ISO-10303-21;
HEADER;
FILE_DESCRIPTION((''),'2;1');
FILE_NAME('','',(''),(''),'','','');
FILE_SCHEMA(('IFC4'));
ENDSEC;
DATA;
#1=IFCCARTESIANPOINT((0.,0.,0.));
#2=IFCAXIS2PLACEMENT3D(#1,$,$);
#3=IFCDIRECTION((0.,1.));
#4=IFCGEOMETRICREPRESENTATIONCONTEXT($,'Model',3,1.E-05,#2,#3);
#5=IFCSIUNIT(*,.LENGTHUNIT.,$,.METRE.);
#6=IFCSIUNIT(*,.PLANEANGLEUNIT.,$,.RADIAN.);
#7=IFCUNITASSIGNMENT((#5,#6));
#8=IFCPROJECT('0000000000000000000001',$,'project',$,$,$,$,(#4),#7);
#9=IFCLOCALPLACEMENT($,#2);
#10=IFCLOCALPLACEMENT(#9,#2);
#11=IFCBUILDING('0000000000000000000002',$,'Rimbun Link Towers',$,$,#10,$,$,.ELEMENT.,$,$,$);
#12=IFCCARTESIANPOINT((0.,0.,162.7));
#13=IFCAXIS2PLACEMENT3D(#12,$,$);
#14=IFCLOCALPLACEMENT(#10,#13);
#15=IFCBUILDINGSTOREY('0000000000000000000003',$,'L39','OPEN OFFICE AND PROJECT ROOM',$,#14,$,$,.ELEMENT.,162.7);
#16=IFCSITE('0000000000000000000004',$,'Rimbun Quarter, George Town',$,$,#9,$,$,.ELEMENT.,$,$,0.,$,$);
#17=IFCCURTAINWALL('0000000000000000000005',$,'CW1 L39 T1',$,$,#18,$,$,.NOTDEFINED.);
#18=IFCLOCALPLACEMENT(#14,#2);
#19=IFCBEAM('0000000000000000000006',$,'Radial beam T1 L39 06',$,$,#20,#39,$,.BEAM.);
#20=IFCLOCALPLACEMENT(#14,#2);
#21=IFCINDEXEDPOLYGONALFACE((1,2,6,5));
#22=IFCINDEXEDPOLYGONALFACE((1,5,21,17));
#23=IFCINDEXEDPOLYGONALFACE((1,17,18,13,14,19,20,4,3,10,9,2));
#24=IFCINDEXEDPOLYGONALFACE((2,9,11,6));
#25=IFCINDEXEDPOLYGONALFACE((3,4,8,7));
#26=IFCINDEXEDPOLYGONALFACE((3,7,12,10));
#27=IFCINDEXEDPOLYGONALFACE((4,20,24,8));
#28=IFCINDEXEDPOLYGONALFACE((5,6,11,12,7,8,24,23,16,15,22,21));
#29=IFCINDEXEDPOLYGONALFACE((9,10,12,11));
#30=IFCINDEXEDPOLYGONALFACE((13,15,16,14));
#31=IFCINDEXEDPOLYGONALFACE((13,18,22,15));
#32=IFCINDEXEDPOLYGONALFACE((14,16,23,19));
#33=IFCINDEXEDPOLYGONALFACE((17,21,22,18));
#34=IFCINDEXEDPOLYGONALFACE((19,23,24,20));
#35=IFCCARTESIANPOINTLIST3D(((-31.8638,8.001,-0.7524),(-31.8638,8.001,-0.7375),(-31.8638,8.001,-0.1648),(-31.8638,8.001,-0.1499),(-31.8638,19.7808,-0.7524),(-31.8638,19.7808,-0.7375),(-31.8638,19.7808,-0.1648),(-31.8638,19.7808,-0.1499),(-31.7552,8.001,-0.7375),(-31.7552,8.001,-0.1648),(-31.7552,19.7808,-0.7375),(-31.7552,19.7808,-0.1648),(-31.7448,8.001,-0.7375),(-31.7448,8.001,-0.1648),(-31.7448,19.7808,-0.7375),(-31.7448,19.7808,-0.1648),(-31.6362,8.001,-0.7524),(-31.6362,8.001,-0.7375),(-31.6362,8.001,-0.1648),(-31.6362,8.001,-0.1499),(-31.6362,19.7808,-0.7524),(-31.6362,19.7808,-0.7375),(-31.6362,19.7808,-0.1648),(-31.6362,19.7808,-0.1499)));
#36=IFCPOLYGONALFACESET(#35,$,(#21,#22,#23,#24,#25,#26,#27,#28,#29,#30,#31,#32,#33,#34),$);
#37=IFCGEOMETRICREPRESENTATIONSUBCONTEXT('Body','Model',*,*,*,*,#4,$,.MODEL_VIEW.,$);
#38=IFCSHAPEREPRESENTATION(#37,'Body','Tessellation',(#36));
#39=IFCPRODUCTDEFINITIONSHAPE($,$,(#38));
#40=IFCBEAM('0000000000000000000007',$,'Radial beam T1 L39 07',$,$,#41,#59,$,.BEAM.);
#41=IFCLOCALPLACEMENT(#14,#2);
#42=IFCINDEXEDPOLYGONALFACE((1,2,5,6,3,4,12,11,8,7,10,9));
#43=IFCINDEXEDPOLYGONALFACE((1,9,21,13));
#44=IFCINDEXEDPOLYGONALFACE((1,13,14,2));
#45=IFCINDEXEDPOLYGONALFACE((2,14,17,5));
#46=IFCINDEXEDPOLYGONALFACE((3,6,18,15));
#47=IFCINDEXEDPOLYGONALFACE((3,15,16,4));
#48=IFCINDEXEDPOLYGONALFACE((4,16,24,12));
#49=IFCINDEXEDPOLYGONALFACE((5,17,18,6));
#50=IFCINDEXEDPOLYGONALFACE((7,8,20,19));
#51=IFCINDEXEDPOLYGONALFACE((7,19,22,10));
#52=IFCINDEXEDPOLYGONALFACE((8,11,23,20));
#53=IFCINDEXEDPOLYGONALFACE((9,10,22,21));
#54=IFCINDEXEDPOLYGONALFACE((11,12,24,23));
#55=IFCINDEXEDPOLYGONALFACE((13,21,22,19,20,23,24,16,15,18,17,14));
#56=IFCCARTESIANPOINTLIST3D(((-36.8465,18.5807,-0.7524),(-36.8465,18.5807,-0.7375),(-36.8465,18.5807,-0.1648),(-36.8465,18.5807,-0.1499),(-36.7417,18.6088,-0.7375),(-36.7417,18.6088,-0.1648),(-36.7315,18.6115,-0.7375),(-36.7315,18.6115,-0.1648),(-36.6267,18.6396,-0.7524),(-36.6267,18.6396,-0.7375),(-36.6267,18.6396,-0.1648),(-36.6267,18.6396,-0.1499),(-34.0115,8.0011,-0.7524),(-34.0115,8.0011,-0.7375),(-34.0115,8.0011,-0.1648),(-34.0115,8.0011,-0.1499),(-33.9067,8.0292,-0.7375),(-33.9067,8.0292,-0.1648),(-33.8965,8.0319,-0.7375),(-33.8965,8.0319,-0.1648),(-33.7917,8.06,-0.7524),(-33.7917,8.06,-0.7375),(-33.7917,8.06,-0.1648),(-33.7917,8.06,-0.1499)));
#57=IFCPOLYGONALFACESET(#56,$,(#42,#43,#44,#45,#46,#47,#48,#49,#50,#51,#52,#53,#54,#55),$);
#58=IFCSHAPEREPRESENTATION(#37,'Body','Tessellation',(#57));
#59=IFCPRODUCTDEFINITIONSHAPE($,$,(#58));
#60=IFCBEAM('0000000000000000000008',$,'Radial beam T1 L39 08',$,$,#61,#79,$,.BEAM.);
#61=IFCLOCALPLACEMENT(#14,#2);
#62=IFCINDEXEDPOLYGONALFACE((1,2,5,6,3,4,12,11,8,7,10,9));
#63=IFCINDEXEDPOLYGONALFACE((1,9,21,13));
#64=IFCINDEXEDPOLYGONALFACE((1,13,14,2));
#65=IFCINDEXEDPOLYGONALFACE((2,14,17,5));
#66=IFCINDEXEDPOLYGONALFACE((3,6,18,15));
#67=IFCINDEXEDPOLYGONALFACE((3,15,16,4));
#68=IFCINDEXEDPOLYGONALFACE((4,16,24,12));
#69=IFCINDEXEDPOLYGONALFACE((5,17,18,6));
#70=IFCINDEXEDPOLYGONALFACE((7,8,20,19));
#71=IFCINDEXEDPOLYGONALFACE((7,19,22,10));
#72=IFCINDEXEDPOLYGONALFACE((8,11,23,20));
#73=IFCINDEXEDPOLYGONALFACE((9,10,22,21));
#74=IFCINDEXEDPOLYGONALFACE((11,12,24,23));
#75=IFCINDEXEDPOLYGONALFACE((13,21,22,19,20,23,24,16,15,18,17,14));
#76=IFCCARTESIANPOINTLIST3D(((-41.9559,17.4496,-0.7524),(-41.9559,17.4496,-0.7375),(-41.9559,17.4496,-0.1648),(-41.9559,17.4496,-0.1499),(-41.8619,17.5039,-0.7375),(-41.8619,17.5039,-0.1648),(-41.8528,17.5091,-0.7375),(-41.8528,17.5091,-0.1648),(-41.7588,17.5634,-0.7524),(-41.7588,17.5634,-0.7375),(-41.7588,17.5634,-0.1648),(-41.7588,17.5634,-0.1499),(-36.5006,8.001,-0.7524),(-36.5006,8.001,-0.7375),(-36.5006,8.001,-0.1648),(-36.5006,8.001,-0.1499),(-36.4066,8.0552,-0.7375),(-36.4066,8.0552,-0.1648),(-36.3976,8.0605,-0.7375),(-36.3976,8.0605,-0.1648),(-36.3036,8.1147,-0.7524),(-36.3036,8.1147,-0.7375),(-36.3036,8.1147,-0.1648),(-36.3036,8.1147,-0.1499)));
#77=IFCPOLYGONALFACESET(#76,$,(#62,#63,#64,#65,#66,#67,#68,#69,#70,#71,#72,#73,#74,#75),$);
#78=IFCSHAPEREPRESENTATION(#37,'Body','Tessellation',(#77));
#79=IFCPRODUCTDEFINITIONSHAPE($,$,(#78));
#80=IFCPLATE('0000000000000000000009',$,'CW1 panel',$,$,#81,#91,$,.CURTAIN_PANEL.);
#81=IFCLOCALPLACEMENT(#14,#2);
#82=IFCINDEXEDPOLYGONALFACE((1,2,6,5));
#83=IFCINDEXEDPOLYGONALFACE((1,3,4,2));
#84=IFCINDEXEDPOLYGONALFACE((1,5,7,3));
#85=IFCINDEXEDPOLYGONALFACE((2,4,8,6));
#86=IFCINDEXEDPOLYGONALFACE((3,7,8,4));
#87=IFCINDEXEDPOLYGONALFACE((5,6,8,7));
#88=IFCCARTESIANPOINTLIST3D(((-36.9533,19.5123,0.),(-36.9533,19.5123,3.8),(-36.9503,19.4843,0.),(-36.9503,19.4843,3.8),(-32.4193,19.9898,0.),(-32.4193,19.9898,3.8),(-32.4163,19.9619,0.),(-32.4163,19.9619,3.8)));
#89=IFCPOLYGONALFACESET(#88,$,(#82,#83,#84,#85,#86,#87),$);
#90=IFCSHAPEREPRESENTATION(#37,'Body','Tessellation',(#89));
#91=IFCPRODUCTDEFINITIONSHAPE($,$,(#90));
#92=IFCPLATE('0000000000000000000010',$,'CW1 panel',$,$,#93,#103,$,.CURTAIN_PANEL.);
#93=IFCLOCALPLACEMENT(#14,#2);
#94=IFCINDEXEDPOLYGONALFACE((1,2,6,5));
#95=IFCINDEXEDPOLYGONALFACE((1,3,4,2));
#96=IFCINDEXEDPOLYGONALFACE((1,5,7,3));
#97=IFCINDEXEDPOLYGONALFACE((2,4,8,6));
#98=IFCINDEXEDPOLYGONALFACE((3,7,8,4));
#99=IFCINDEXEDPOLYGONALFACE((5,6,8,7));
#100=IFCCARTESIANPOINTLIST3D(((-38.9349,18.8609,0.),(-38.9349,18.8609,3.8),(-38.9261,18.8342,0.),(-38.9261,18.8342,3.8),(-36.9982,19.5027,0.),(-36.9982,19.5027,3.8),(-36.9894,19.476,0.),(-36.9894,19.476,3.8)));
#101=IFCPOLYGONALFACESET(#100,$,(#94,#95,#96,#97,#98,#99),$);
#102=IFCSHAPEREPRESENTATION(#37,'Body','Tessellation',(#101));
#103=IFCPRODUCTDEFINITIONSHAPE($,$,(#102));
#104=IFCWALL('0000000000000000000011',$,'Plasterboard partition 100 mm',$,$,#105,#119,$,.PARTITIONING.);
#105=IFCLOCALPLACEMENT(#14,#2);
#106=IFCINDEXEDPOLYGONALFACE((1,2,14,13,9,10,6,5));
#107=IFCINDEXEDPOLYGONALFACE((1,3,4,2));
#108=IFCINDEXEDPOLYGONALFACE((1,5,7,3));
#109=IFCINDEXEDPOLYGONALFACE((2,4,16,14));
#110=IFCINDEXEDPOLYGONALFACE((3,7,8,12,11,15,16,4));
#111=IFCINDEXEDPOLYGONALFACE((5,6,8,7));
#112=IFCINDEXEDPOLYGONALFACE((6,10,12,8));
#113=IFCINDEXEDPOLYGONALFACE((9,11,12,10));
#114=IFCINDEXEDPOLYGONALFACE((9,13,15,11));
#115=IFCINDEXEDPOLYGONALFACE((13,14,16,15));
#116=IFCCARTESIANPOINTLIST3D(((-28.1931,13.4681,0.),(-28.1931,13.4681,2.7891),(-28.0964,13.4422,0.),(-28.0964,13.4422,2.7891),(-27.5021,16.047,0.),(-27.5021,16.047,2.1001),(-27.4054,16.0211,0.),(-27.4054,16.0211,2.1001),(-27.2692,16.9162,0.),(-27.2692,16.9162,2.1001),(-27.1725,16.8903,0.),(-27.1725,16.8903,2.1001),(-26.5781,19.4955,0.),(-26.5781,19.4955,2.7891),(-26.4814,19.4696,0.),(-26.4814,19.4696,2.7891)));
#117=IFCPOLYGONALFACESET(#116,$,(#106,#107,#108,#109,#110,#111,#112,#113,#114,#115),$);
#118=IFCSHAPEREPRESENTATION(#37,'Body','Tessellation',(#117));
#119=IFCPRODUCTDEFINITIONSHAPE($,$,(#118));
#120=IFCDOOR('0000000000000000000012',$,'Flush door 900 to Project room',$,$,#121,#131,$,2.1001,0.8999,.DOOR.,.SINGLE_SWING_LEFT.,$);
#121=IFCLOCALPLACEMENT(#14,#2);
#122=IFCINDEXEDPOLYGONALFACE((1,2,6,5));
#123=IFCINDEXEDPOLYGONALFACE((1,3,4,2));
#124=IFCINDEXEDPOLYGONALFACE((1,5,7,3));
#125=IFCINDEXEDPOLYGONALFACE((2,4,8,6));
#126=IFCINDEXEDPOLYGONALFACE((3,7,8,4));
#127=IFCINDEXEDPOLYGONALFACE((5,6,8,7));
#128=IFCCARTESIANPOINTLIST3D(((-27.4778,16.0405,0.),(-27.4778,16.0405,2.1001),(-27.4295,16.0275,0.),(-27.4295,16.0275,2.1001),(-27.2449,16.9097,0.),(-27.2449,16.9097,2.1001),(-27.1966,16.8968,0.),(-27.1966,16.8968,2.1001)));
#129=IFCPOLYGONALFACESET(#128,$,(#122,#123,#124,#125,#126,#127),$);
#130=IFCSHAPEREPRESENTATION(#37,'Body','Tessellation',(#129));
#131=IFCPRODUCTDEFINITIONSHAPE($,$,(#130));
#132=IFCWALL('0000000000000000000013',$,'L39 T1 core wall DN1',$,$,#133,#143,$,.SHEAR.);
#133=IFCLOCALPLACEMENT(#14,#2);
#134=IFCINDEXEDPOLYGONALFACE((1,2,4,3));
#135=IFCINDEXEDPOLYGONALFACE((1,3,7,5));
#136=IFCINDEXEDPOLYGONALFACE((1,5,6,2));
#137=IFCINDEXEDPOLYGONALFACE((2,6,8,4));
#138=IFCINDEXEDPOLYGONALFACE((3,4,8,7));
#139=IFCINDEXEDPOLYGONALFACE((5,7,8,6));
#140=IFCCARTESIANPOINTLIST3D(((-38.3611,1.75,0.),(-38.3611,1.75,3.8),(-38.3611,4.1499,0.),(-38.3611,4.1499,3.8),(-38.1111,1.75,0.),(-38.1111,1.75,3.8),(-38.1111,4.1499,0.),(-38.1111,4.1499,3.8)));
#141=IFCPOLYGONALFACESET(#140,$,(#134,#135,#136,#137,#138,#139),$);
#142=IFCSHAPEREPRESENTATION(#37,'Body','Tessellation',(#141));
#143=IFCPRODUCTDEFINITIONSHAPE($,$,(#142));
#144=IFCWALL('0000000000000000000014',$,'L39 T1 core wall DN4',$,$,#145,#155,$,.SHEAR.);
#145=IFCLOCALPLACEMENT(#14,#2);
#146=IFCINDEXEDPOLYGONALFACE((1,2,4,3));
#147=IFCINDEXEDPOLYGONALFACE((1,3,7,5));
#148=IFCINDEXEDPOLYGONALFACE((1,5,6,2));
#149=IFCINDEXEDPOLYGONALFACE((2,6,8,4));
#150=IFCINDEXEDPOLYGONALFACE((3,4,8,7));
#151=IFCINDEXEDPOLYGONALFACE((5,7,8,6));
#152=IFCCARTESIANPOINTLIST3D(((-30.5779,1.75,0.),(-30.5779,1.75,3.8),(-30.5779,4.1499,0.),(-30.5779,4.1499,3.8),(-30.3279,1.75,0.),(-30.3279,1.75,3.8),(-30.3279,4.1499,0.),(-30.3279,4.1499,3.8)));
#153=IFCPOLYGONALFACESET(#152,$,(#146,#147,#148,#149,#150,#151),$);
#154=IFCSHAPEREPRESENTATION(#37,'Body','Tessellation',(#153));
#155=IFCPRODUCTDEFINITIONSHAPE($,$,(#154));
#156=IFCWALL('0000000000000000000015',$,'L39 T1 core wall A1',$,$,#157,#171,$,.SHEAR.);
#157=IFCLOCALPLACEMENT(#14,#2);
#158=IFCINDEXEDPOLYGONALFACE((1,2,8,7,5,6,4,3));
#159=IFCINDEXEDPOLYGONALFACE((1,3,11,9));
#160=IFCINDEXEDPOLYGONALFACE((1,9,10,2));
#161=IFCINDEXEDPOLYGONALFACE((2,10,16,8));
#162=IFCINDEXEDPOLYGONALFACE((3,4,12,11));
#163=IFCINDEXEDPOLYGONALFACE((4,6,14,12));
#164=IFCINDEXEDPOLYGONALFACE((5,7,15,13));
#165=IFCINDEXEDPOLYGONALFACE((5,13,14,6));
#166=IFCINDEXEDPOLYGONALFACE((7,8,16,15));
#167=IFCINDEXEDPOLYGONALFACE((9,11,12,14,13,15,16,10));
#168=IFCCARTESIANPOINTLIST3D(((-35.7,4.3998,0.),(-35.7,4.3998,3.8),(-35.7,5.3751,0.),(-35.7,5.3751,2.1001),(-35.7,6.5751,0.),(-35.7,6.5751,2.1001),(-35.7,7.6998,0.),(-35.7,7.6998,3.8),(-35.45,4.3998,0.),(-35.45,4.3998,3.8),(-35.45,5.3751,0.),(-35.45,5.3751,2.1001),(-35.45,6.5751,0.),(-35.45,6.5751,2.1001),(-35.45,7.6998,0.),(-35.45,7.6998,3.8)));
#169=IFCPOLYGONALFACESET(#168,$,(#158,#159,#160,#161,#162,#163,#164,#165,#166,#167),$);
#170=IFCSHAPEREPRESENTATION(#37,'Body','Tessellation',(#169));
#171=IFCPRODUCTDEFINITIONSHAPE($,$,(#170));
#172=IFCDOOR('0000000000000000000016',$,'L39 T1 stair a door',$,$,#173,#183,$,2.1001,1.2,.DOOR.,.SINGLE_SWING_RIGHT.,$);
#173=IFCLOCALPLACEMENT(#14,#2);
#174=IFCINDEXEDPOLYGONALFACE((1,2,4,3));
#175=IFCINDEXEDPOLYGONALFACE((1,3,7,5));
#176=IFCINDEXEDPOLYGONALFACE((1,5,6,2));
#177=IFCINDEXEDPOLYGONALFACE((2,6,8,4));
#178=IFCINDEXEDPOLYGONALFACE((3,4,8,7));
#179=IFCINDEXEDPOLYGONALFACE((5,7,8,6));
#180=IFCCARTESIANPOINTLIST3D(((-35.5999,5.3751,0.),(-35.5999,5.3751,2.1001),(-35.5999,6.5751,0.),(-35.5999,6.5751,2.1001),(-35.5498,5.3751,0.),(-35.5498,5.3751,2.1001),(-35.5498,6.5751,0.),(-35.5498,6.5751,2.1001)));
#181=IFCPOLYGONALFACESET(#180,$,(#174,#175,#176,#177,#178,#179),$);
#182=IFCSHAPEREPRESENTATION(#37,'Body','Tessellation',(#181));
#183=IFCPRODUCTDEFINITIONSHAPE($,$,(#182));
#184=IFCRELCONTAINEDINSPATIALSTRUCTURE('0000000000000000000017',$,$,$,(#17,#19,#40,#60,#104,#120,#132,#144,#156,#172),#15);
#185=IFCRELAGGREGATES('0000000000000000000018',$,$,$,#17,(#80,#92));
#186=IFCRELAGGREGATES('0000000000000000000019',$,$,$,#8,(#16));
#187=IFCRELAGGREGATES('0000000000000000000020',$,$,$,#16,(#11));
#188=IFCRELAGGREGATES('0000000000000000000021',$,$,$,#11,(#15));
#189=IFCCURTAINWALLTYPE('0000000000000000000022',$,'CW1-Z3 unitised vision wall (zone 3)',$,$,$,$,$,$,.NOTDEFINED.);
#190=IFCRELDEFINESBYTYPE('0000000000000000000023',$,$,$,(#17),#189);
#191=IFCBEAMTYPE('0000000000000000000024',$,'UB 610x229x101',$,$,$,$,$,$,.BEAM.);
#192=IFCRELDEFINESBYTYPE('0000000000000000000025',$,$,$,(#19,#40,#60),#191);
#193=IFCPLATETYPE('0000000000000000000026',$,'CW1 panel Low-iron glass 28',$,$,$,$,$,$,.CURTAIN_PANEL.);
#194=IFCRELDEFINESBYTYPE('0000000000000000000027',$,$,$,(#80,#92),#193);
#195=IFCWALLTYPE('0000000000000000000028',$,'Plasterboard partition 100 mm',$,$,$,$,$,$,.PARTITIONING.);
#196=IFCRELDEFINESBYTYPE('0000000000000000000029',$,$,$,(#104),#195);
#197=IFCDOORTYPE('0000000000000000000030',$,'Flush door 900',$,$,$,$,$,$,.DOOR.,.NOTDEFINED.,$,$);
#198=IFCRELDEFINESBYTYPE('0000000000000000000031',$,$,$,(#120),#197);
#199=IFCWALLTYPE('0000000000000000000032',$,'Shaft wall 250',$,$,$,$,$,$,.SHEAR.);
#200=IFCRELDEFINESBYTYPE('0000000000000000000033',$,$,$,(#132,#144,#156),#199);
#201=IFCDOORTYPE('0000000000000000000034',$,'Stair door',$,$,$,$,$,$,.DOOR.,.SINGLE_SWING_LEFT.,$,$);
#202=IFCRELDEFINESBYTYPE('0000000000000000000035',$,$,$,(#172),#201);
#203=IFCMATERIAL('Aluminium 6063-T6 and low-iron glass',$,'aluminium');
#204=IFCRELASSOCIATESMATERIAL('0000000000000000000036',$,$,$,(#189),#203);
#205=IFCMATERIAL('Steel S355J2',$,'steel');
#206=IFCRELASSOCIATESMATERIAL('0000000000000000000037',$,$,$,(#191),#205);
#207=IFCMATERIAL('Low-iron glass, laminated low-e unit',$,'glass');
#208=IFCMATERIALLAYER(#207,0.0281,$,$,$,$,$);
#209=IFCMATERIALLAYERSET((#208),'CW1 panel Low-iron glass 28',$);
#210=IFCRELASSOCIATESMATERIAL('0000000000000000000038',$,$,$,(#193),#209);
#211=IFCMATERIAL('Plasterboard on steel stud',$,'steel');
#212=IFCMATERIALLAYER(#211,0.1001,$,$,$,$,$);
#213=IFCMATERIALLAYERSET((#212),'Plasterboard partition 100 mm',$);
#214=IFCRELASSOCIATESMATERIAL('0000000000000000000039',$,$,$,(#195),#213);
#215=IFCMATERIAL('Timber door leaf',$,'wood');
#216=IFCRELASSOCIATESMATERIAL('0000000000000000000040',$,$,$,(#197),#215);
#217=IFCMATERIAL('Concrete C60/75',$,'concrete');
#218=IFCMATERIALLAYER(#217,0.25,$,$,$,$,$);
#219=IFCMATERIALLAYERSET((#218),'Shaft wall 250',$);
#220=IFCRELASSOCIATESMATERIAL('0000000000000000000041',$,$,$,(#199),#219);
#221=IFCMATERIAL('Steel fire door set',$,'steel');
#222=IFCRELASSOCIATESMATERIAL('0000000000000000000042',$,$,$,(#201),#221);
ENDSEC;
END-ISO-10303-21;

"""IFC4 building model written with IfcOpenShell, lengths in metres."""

from ifc_helpers import new_model, si_unit, direction, frame, frame_2d, origin, origin_2d, place, context, subcontext, project, spatial, rectangle, i_section, extrude, material, layer, layer_set, material_profile, profile_set, type_object, element, fill, aggregate, save


model = new_model("IFC4")

# Units and contexts
model_context = context("Model", 3, precision=1e-05, world=origin(), true_north=direction((0.0, 1.0)))
body_context = subcontext(model_context, "Body", "Model", "MODEL_VIEW")
ifc_project = project(units=[si_unit("LENGTHUNIT", "METRE"), si_unit("PLANEANGLEUNIT", "RADIAN")], contexts=[model_context])

# Site, building, storey
site_placement = place(None, origin())
site = spatial("IfcSite", under=ifc_project, at=site_placement, Name="Rimbun Quarter, George Town", CompositionType="ELEMENT", RefElevation=0.0)
building_placement = place(site_placement, origin())
building = spatial("IfcBuilding", under=site, at=building_placement, Name="Rimbun Link Towers", CompositionType="ELEMENT")
storey_placement = place(building_placement, frame((0.0, 0.0, 162.7)))
storey = spatial("IfcBuildingStorey", under=building, at=storey_placement, Name="L39", Description="OPEN OFFICE AND PROJECT ROOM", CompositionType="ELEMENT", Elevation=162.7)

# Curtain wall
ifc_material_1 = material(Name="Aluminium 6063-T6 and low-iron glass", Category="aluminium")
curtain_wall_type = type_object("IfcCurtainWallType", Name="CW1-Z3 unitised vision wall (zone 3)", PredefinedType="NOTDEFINED", material=ifc_material_1)
curtain_wall_placement = place(storey_placement, origin())
curtain_wall = element("IfcCurtainWall", 1, at=curtain_wall_placement, inside=storey, type_object=curtain_wall_type, Name="CW1 L39 T1", PredefinedType="NOTDEFINED")

# Beams
ifc_material_2 = material(Name="Steel S355J2", Category="steel")
ifc_material_profile_1 = material_profile(ifc_material_2, i_section(OverallWidth=0.2275, OverallDepth=0.6025, WebThickness=0.0105, FlangeThickness=0.0149, at=origin_2d()), Name="UB 610x229x101")
ifc_profile_set_1 = profile_set([ifc_material_profile_1], Name="Steel S355J2")
beam_type_1 = type_object("IfcBeamType", Name="UB 610x229x101", PredefinedType="BEAM", material=ifc_profile_set_1)
beam_1_placement = place(storey_placement, frame((-31.75, 8.001, -0.4512), z_axis=(0.0, 1.0, 0.0), x_axis=(-1.0, 0.0, 0.0)))
element("IfcBeam", 2, at=beam_1_placement, inside=storey, type_object=beam_type_1, Name="Radial beam T1 L39 06", PredefinedType="BEAM", context=body_context, shape_type="SweptSolid", body=[
    extrude(i_section(OverallWidth=0.2275, OverallDepth=0.6025, WebThickness=0.0105, FlangeThickness=0.0149, at=origin_2d()), origin(), (0.0, 0.0, 1.0), 11.7798),
])
beam_2_placement = place(storey_placement, frame((-33.9016, 8.0305, -0.4512), z_axis=(-0.258833, 0.965922, 0.0), x_axis=(-0.965922, -0.258833, 0.0)))
element("IfcBeam", 3, at=beam_2_placement, inside=storey, type_object=beam_type_1, Name="Radial beam T1 L39 07", PredefinedType="BEAM", context=body_context, shape_type="SweptSolid", body=[
    extrude(i_section(OverallWidth=0.2275, OverallDepth=0.6025, WebThickness=0.0105, FlangeThickness=0.0149, at=origin_2d()), origin(), (0.0, 0.0, 1.0), 10.9529),
])
beam_3_placement = place(storey_placement, frame((-36.4021, 8.0579, -0.4512), z_axis=(-0.500007, 0.866022, 0.0), x_axis=(-0.866022, -0.500007, 0.0)))
element("IfcBeam", 4, at=beam_3_placement, inside=storey, type_object=beam_type_1, Name="Radial beam T1 L39 08", PredefinedType="BEAM", context=body_context, shape_type="SweptSolid", body=[
    extrude(i_section(OverallWidth=0.2275, OverallDepth=0.6025, WebThickness=0.0105, FlangeThickness=0.0149, at=origin_2d()), origin(), (0.0, 0.0, 1.0), 10.9104),
])

# Plates
ifc_material_3 = material(Name="Low-iron glass, laminated low-e unit", Category="glass")
ifc_layer_1 = layer(ifc_material_3, 0.0281)
ifc_layer_set_1 = layer_set([ifc_layer_1], Name="CW1 panel Low-iron glass 28")
plate_type = type_object("IfcPlateType", Name="CW1 panel Low-iron glass 28", PredefinedType="CURTAIN_PANEL", material=ifc_layer_set_1)
plate_1_placement = place(storey_placement, frame((-34.6848, 19.7371, 0.0), z_axis=(0.0, 0.0, 1.0), x_axis=(0.9945, 0.10474, 0.0)))
plate_1 = element("IfcPlate", 5, at=plate_1_placement, type_object=plate_type, Name="CW1 panel", PredefinedType="CURTAIN_PANEL", context=body_context, shape_type="SweptSolid", body=[
    extrude(rectangle(XDim=4.5591, YDim=0.0281, at=origin_2d()), origin(), (0.0, 0.0, 1.0), 3.8),
])
plate_2_placement = place(storey_placement, frame((-37.9622, 19.1685, 0.0), z_axis=(0.0, 0.0, 1.0), x_axis=(0.949239, 0.314556, 0.0)))
plate_2 = element("IfcPlate", 6, at=plate_2_placement, type_object=plate_type, Name="CW1 panel", PredefinedType="CURTAIN_PANEL", context=body_context, shape_type="SweptSolid", body=[
    extrude(rectangle(XDim=2.0403, YDim=0.0281, at=origin_2d()), origin(), (0.0, 0.0, 1.0), 3.8),
])
aggregate(curtain_wall, [plate_1, plate_2])

# Wall, opening, door
ifc_material_4 = material(Name="Plasterboard on steel stud", Category="steel")
ifc_layer_2 = layer(ifc_material_4, 0.1001)
ifc_layer_set_2 = layer_set([ifc_layer_2], Name="Plasterboard partition 100 mm")
wall_type_1 = type_object("IfcWallType", Name="Plasterboard partition 100 mm", PredefinedType="PARTITIONING", material=ifc_layer_set_2)
wall_1_placement = place(storey_placement, frame((-28.1448, 13.4551, 0.0), z_axis=(0.0, 0.0, 1.0), x_axis=(0.258814, 0.965927, 0.0)))
wall_1 = element("IfcWall", 7, at=wall_1_placement, inside=storey, type_object=wall_type_1, Name="Plasterboard partition 100 mm", PredefinedType="PARTITIONING", context=body_context, shape_type="SweptSolid", body=[
    extrude(rectangle(XDim=6.24, YDim=0.1001, at=frame_2d((3.1201, 0.0))), origin(), (0.0, 0.0, 1.0), 2.7891),
])
opening_1_placement = place(wall_1_placement, frame((2.6699, 0.0, 0.0)))
opening_1 = element("IfcOpeningElement", 8, at=opening_1_placement, cuts=wall_1, PredefinedType="OPENING", context=body_context, shape_type="SweptSolid", body=[
    extrude(rectangle(XDim=0.8999, YDim=2.1001, at=frame_2d((0.45, 1.05))), frame((0.0, 0.0601, 0.0), z_axis=(0.0, -1.0, 0.0), x_axis=(1.0, 0.0, 0.0)), (0.0, 0.0, 1.0), 0.1201),
])
ifc_material_5 = material(Name="Timber door leaf", Category="wood")
door_type_1 = type_object("IfcDoorType", Name="Flush door 900", OperationType="NOTDEFINED", PredefinedType="DOOR", material=ifc_material_5)
door_1_placement = place(opening_1_placement, origin())
door_1 = element("IfcDoor", 9, at=door_1_placement, inside=storey, type_object=door_type_1, Name="Flush door 900 to Project room", OperationType="SINGLE_SWING_LEFT", OverallHeight=2.1001, OverallWidth=0.8999, PredefinedType="DOOR", context=body_context, shape_type="SweptSolid", body=[
    extrude(rectangle(XDim=0.8999, YDim=2.1001, at=frame_2d((0.45, 1.05))), frame((0.0, 0.0249, 0.0), z_axis=(0.0, -1.0, 0.0), x_axis=(1.0, 0.0, 0.0)), (0.0, 0.0, 1.0), 0.05),
])
fill(opening_1, door_1)

# Walls
ifc_material_6 = material(Name="Concrete C60/75", Category="concrete")
ifc_layer_3 = layer(ifc_material_6, 0.25)
ifc_layer_set_3 = layer_set([ifc_layer_3], Name="Shaft wall 250")
wall_type_2 = type_object("IfcWallType", Name="Shaft wall 250", PredefinedType="SHEAR", material=ifc_layer_set_3)
for number, where, z_axis, x_axis, name in (
    (10, (-38.2361, 1.75, 0.0), (0.0, 0.0, 1.0), (0.0, 1.0, 0.0), "L39 T1 core wall DN1"),
    (11, (-30.4529, 1.75, 0.0), (0.0, 0.0, 1.0), (0.0, 1.0, 0.0), "L39 T1 core wall DN4"),
):
    element("IfcWall", number, at=place(storey_placement, frame(where, z_axis=z_axis, x_axis=x_axis)), inside=storey, type_object=wall_type_2, Name=name, PredefinedType="SHEAR", context=body_context, shape_type="SweptSolid", body=[
        extrude(rectangle(XDim=2.3999, YDim=0.25, at=frame_2d((1.2, 0.0))), origin(), (0.0, 0.0, 1.0), 3.8),
    ])

# Wall, opening, door
wall_2_placement = place(storey_placement, frame((-35.575, 4.3999, 0.0), z_axis=(0.0, 0.0, 1.0), x_axis=(0.0, 1.0, 0.0)))
wall_2 = element("IfcWall", 12, at=wall_2_placement, inside=storey, type_object=wall_type_2, Name="L39 T1 core wall A1", PredefinedType="SHEAR", context=body_context, shape_type="SweptSolid", body=[
    extrude(rectangle(XDim=3.3, YDim=0.25, at=frame_2d((1.6499, 0.0))), origin(), (0.0, 0.0, 1.0), 3.8),
])
opening_2_placement = place(wall_2_placement, frame((0.9751, 0.0, 0.0)))
opening_2 = element("IfcOpeningElement", 13, at=opening_2_placement, cuts=wall_2, PredefinedType="OPENING", context=body_context, shape_type="SweptSolid", body=[
    extrude(rectangle(XDim=1.2, YDim=2.1001, at=frame_2d((0.6001, 1.05))), frame((0.0, 0.135, 0.0), z_axis=(0.0, -1.0, 0.0), x_axis=(1.0, 0.0, 0.0)), (0.0, 0.0, 1.0), 0.27),
])
ifc_material_7 = material(Name="Steel fire door set", Category="steel")
door_type_2 = type_object("IfcDoorType", Name="Stair door", OperationType="SINGLE_SWING_LEFT", PredefinedType="DOOR", material=ifc_material_7)
door_2_placement = place(opening_2_placement, origin())
door_2 = element("IfcDoor", 14, at=door_2_placement, inside=storey, type_object=door_type_2, Name="L39 T1 stair a door", OperationType="SINGLE_SWING_RIGHT", OverallHeight=2.1001, OverallWidth=1.2, PredefinedType="DOOR", context=body_context, shape_type="SweptSolid", body=[
    extrude(rectangle(XDim=1.2, YDim=2.1001, at=frame_2d((0.6001, 1.05))), frame((0.0, 0.0249, 0.0), z_axis=(0.0, -1.0, 0.0), x_axis=(1.0, 0.0, 0.0)), (0.0, 0.0, 1.0), 0.05),
])
fill(opening_2, door_2)

save(model, "model.ifc")
